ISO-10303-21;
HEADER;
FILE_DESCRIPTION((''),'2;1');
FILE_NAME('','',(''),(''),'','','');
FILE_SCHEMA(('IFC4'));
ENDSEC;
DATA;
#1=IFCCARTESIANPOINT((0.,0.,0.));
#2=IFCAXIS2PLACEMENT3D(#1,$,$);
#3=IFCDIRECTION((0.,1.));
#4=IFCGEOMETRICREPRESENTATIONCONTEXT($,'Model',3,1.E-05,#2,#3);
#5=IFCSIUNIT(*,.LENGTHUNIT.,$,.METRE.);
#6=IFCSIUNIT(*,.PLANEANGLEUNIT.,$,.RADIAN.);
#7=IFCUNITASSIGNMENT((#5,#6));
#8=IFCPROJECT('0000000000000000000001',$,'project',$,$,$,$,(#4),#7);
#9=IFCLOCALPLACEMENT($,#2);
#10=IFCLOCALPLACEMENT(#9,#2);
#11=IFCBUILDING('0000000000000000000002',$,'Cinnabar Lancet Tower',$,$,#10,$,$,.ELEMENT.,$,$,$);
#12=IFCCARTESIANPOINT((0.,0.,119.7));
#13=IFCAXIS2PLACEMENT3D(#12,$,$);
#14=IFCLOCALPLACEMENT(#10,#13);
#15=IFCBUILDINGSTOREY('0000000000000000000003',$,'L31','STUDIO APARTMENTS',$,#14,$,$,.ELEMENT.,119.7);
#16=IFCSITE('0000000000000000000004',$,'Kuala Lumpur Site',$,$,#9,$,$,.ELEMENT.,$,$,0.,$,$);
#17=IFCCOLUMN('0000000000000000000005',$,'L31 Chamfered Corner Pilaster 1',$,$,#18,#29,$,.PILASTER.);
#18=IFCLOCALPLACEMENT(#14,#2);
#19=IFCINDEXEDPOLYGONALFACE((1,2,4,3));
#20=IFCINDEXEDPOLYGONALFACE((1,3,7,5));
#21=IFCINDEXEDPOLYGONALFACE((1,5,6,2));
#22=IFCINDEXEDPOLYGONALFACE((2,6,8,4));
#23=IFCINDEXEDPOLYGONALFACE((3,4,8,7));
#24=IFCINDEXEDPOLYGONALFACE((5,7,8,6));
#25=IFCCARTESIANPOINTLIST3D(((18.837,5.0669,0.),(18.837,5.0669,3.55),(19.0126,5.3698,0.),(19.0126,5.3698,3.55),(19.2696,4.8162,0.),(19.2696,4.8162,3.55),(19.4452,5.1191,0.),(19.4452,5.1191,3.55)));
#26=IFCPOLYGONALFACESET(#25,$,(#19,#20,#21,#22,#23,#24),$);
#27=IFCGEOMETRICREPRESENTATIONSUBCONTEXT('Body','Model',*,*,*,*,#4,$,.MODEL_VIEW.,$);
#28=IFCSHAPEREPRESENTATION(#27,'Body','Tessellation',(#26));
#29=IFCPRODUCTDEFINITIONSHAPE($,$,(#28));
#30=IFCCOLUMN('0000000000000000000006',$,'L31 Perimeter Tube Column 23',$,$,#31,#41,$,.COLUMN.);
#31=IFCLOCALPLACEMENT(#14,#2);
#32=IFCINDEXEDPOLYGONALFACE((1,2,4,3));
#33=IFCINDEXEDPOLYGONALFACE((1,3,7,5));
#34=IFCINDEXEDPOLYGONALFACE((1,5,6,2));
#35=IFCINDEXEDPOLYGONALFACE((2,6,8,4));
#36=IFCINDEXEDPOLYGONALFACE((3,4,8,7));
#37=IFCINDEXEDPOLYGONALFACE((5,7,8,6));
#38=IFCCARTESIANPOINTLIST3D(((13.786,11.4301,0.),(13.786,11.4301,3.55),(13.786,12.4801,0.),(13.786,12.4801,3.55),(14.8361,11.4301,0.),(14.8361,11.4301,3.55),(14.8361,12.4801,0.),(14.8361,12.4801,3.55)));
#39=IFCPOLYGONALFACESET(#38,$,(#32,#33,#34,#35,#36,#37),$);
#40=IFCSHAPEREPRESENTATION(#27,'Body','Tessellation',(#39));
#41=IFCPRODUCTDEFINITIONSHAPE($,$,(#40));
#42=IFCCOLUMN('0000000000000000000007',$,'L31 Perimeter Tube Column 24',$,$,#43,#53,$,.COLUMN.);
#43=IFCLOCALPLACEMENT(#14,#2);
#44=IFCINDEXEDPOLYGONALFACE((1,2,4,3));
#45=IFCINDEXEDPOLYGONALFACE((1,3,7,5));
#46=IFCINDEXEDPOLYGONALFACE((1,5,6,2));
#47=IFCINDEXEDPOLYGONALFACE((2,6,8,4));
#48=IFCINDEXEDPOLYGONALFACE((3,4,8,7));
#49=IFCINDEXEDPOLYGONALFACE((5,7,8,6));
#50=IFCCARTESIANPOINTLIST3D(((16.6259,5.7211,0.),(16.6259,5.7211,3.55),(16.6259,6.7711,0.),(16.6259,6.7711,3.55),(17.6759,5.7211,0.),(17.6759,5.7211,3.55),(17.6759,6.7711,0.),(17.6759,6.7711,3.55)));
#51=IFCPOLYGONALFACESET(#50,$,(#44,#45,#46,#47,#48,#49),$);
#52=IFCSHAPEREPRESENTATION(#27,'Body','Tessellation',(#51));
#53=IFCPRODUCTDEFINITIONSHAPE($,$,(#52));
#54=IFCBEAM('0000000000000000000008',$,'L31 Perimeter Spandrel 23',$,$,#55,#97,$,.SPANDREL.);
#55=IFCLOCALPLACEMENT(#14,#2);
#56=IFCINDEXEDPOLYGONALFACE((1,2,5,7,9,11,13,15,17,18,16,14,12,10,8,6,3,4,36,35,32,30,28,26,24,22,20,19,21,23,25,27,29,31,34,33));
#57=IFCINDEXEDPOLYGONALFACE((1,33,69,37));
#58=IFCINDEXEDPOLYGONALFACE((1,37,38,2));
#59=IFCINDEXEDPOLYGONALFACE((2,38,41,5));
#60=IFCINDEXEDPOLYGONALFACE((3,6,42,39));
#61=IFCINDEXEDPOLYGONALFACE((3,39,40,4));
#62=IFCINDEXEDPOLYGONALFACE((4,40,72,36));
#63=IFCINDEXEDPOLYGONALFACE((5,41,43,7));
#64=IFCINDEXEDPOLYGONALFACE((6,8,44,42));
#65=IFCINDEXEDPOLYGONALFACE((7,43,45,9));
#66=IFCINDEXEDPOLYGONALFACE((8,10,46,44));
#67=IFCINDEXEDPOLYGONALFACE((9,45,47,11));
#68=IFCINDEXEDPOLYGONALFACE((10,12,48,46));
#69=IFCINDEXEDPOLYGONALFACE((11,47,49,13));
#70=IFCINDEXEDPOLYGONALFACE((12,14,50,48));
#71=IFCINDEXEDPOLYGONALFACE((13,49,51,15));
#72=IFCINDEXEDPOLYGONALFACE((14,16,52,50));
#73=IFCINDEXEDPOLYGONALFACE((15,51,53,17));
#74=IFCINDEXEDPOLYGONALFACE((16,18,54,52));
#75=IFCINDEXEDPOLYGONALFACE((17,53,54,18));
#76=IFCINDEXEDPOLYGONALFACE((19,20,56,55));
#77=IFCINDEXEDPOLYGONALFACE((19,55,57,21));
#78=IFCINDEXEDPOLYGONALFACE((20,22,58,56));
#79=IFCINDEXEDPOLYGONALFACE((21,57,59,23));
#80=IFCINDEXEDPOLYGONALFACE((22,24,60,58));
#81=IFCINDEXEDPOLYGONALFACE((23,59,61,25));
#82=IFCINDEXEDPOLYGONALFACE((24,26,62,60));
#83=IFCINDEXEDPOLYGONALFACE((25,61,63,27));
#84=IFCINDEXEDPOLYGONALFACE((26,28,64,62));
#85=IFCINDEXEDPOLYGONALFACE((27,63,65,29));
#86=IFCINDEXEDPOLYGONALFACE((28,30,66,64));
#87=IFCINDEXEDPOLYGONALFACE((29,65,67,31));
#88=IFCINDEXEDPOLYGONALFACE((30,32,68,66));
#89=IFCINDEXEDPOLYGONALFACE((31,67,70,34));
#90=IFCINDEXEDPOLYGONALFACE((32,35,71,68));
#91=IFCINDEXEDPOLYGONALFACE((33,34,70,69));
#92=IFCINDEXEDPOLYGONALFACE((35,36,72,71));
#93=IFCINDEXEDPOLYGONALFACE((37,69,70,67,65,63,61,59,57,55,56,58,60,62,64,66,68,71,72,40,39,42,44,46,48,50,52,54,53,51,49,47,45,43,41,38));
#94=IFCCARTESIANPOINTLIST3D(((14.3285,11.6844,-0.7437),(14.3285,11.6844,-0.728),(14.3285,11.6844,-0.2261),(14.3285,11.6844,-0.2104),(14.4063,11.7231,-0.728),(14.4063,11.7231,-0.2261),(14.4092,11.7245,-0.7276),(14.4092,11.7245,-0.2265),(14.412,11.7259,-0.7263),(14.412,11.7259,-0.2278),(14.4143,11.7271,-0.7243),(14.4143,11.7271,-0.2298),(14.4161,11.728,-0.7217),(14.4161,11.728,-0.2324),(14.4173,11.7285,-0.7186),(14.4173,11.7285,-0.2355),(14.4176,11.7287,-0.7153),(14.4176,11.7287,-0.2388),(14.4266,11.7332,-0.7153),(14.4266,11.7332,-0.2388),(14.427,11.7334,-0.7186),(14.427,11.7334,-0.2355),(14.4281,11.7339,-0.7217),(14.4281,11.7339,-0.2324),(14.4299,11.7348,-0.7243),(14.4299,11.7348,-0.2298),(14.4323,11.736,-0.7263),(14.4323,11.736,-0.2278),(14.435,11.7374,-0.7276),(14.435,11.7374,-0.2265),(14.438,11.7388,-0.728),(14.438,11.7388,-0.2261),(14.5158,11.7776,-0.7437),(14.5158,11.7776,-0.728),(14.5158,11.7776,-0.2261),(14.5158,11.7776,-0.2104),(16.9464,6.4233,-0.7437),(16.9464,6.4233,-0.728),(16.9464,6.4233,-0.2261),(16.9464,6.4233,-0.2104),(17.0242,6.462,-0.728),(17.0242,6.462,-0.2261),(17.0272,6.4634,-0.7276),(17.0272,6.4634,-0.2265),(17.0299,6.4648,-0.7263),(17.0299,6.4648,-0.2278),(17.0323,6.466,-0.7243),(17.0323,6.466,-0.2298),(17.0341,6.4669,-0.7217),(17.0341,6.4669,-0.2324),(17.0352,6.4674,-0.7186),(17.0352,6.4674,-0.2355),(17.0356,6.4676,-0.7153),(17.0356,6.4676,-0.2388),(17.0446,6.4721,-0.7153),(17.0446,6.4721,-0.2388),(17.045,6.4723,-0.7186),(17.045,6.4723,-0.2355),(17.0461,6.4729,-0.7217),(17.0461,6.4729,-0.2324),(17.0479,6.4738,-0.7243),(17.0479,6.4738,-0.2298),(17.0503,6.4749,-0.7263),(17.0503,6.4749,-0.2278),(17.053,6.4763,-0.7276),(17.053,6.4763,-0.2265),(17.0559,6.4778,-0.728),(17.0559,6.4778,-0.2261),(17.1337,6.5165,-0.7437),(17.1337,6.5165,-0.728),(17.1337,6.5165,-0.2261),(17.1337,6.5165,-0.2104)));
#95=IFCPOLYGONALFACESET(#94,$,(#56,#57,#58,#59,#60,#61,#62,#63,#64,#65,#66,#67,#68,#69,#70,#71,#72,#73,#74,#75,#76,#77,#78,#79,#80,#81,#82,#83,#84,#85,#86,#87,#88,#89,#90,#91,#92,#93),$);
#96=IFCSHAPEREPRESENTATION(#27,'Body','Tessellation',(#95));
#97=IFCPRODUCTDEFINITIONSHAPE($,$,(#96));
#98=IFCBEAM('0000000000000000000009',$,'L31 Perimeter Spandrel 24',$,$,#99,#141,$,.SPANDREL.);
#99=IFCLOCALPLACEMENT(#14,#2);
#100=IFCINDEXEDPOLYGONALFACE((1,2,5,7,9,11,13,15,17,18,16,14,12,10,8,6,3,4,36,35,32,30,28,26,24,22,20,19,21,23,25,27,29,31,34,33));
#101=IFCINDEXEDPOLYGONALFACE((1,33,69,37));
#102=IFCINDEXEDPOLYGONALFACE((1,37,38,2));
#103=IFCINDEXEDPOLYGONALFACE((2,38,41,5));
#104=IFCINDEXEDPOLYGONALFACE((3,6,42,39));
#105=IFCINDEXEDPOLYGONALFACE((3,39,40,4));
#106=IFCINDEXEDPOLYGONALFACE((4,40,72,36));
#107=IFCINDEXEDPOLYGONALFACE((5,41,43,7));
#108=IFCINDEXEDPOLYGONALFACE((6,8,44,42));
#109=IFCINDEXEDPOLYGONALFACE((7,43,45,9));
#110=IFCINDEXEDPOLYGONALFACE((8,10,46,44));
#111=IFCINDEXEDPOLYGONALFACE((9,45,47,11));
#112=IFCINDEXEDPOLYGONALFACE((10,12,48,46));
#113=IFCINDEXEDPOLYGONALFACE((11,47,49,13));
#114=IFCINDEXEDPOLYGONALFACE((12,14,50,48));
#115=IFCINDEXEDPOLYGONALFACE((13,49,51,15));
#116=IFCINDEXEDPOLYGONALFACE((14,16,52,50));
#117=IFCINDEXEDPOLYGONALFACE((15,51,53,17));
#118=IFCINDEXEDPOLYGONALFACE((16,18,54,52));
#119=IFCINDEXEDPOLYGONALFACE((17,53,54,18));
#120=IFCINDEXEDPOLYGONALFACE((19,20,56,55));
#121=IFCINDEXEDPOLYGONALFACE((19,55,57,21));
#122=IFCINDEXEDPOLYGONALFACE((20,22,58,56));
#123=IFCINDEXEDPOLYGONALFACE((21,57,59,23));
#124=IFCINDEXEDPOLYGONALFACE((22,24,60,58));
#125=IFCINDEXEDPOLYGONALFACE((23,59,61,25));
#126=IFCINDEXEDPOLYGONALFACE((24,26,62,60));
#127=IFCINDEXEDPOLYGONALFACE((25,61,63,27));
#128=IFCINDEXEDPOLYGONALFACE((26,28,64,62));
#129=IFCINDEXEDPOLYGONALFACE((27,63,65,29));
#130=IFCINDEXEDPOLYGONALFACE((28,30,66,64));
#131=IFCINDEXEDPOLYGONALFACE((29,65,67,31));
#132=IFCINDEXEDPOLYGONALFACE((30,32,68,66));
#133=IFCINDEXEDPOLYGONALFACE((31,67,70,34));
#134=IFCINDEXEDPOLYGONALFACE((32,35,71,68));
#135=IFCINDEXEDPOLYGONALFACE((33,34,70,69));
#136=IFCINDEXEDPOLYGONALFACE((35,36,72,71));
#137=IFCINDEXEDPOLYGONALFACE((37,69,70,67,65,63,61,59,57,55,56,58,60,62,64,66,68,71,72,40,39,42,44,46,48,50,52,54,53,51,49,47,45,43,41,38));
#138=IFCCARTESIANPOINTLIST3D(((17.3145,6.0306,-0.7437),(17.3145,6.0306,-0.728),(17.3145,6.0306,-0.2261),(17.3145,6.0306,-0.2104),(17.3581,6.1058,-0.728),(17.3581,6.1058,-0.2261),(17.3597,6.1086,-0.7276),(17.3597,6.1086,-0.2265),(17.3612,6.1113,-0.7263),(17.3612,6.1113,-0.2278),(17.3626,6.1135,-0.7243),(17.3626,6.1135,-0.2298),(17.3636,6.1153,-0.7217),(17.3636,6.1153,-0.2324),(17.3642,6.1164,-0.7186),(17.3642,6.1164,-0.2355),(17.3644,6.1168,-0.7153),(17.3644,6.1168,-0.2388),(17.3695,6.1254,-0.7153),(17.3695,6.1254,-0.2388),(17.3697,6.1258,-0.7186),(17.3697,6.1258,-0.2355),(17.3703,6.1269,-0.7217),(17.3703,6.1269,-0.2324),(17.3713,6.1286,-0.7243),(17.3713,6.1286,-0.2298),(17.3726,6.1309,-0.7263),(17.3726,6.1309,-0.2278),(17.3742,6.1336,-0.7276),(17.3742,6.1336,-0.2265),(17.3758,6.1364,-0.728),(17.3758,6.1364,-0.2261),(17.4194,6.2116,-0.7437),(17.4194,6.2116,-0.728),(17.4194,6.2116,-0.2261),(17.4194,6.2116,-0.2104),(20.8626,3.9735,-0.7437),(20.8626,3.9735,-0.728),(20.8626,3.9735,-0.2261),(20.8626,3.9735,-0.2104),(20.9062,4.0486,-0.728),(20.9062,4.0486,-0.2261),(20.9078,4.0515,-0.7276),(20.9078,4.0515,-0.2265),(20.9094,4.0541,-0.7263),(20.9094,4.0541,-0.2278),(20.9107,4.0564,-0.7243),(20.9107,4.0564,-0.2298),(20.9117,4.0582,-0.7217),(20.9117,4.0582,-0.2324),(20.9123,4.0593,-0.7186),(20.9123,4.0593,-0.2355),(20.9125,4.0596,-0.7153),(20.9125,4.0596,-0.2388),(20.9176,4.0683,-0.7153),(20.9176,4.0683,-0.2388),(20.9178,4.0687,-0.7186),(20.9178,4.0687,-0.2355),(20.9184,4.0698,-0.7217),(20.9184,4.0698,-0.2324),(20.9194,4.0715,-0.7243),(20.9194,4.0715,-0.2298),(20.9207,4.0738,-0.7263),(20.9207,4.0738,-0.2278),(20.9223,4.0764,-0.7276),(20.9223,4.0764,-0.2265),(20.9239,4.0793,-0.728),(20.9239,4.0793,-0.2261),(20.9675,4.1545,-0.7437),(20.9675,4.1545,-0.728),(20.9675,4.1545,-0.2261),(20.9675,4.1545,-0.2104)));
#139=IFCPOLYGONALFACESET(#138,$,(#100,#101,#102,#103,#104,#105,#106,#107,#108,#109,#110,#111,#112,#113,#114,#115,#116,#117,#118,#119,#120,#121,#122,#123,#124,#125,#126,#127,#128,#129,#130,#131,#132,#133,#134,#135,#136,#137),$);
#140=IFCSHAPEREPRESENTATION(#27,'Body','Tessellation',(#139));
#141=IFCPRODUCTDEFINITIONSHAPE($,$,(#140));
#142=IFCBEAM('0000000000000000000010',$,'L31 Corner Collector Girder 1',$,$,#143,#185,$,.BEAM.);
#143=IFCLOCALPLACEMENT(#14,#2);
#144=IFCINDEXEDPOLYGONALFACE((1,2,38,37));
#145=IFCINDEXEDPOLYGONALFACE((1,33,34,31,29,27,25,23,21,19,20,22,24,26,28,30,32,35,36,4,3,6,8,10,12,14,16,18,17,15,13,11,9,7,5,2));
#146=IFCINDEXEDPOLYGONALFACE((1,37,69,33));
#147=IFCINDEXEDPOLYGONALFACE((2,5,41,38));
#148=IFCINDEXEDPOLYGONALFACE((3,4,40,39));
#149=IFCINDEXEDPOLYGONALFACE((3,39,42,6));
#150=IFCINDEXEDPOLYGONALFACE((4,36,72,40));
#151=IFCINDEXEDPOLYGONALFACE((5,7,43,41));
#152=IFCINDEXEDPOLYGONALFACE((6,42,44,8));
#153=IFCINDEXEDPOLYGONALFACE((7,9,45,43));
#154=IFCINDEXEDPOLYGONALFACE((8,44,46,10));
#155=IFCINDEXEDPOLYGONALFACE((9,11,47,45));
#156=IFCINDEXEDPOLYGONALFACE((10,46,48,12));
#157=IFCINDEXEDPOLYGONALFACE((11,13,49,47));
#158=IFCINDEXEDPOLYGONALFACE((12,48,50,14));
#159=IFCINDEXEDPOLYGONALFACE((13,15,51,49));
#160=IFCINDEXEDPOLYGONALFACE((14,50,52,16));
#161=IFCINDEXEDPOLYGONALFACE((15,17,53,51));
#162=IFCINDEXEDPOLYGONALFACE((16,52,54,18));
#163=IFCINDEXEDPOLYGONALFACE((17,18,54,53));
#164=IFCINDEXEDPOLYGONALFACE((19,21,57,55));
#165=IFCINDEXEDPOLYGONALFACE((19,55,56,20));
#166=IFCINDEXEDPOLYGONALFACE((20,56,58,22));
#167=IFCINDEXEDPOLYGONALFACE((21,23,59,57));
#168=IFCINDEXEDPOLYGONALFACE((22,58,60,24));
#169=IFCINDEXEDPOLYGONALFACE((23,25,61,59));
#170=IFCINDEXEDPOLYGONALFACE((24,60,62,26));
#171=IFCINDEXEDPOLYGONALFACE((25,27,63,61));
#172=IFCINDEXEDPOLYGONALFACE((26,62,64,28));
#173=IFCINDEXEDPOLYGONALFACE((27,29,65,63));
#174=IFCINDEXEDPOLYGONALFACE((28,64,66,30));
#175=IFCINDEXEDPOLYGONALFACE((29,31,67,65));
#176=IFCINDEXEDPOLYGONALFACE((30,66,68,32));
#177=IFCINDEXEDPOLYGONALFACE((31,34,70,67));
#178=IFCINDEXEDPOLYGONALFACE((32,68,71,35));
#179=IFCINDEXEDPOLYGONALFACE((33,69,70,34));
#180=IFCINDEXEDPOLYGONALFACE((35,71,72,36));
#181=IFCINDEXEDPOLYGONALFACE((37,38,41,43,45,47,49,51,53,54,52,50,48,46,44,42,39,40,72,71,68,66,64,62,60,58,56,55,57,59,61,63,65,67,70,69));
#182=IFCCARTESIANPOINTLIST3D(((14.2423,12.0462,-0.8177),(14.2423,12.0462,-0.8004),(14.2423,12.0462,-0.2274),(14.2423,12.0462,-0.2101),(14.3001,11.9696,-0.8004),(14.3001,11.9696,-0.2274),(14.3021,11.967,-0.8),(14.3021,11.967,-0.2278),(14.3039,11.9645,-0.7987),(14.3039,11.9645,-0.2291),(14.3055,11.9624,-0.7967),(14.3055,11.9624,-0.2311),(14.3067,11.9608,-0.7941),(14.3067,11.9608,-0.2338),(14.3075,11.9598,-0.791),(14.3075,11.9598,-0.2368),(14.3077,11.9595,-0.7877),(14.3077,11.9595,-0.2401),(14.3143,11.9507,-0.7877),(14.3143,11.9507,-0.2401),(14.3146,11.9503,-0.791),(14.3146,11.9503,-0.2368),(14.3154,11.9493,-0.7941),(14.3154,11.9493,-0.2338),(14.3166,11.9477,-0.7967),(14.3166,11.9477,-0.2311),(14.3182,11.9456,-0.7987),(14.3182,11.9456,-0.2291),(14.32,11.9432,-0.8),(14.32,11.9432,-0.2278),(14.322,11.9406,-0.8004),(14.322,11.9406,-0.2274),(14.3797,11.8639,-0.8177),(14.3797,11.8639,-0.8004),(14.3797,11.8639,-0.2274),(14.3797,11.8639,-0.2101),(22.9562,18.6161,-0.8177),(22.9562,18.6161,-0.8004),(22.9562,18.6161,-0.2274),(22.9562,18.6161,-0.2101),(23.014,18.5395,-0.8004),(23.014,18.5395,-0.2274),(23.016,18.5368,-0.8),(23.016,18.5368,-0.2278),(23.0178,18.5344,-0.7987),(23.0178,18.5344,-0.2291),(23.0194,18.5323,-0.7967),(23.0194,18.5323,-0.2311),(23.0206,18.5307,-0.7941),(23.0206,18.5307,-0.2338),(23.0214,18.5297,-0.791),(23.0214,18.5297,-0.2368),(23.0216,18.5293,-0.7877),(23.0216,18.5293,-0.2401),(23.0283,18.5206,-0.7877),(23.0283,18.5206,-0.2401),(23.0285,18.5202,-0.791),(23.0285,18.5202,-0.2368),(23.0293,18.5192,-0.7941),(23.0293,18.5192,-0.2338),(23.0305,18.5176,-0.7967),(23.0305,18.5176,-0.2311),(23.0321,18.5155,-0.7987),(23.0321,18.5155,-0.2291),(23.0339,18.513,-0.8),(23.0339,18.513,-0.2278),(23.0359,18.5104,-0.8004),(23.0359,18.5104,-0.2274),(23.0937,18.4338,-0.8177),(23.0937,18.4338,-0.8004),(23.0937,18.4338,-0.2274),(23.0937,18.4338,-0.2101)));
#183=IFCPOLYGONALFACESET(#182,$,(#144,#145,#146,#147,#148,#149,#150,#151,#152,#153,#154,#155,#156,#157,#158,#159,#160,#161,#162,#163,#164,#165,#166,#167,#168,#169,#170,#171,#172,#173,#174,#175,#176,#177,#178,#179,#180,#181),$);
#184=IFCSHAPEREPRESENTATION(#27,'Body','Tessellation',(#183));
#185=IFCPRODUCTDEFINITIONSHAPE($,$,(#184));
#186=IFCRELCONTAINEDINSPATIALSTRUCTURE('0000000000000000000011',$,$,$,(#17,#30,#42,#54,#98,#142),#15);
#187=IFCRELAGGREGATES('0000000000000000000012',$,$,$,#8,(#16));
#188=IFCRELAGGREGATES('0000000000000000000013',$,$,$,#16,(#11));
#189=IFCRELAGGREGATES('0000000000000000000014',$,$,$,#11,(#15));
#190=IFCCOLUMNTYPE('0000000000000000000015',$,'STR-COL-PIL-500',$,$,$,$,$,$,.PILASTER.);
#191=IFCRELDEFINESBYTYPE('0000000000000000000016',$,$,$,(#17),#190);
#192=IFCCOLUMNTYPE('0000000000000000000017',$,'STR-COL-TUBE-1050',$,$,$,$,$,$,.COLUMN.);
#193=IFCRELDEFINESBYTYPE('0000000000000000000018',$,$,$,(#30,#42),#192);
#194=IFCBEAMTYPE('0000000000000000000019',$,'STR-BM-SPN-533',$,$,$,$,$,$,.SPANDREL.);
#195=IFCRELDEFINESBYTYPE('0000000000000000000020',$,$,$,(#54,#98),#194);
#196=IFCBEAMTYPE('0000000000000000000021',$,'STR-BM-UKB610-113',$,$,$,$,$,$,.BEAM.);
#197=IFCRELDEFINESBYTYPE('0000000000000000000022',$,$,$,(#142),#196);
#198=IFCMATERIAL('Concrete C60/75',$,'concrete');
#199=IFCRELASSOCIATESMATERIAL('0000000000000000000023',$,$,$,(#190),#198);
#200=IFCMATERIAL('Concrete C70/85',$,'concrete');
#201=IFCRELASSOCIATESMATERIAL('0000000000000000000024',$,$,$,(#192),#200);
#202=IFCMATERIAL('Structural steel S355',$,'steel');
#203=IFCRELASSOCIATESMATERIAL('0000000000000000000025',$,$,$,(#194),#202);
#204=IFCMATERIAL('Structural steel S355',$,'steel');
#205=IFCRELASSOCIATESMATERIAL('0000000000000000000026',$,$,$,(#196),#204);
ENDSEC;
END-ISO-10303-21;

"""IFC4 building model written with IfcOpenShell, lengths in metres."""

from ifc_helpers import new_model, si_unit, direction, frame, origin, origin_2d, place, context, subcontext, project, spatial, rectangle, i_section, extrude, material, material_profile, profile_set, type_object, element, save


model = new_model("IFC4")

# Units and contexts
model_context = context("Model", 3, precision=1e-05, world=origin(), true_north=direction((0.0, 1.0)))
body_context = subcontext(model_context, "Body", "Model", "MODEL_VIEW")
ifc_project = project(units=[si_unit("LENGTHUNIT", "METRE"), si_unit("PLANEANGLEUNIT", "RADIAN")], contexts=[model_context])

# Site, building, storey
site_placement = place(None, origin())
site = spatial("IfcSite", under=ifc_project, at=site_placement, Name="Kuala Lumpur Site", CompositionType="ELEMENT", RefElevation=0.0)
building_placement = place(site_placement, origin())
building = spatial("IfcBuilding", under=site, at=building_placement, Name="Cinnabar Lancet Tower", CompositionType="ELEMENT")
storey_placement = place(building_placement, frame((0.0, 0.0, 119.7)))
storey = spatial("IfcBuildingStorey", under=building, at=storey_placement, Name="L31", Description="STUDIO APARTMENTS", CompositionType="ELEMENT", Elevation=119.7)

# Columns
ifc_material_1 = material(Name="Concrete C60/75", Category="concrete")
ifc_material_profile_1 = material_profile(ifc_material_1, rectangle(XDim=0.5, YDim=0.3501, at=origin_2d()), Name="RC-PIL 500x350")
ifc_profile_set_1 = profile_set([ifc_material_profile_1], Name="Concrete C60/75")
column_type_1 = type_object("IfcColumnType", Name="STR-COL-PIL-500", PredefinedType="PILASTER", material=ifc_profile_set_1)
column_placement = place(storey_placement, frame((19.1411, 5.093, 0.0), z_axis=(0.0, 0.0, 1.0), x_axis=(0.86516, -0.501496, 0.0)))
element("IfcColumn", 1, at=column_placement, inside=storey, type_object=column_type_1, Name="L31 Chamfered Corner Pilaster 1", PredefinedType="PILASTER", context=body_context, shape_type="SweptSolid", body=[
    extrude(rectangle(XDim=0.5, YDim=0.3501, at=origin_2d()), origin(), (0.0, 0.0, 1.0), 3.55),
])
ifc_material_2 = material(Name="Concrete C70/85", Category="concrete")
ifc_material_profile_2 = material_profile(ifc_material_2, rectangle(XDim=1.05, YDim=1.05, at=origin_2d()), Name="RC-COL 1050x1050")
ifc_profile_set_2 = profile_set([ifc_material_profile_2], Name="Concrete C70/85")
column_type_2 = type_object("IfcColumnType", Name="STR-COL-TUBE-1050", PredefinedType="COLUMN", material=ifc_profile_set_2)
for number, where, z_axis, x_axis, name in (
    (2, (14.311, 11.9551, 0.0), (0.0, 0.0, 1.0), (1.0, 0.0, 0.0), "L31 Perimeter Tube Column 23"),
    (3, (17.1509, 6.2461, 0.0), (0.0, 0.0, 1.0), (1.0, 0.0, 0.0), "L31 Perimeter Tube Column 24"),
):
    element("IfcColumn", number, at=place(storey_placement, frame(where, z_axis=z_axis, x_axis=x_axis)), inside=storey, type_object=column_type_2, Name=name, PredefinedType="COLUMN", context=body_context, shape_type="SweptSolid", body=[
        extrude(rectangle(XDim=1.05, YDim=1.05, at=origin_2d()), origin(), (0.0, 0.0, 1.0), 3.55),
    ])

# Beams
ifc_material_3 = material(Name="Structural steel S355", Category="steel")
ifc_material_profile_3 = material_profile(ifc_material_3, i_section(OverallWidth=0.2092, OverallDepth=0.5332, WebThickness=0.01, FlangeThickness=0.0156, FilletRadius=0.0127, at=origin_2d()), Name="UKB 533x210x92")
ifc_profile_set_3 = profile_set([ifc_material_profile_3], Name="Structural steel S355")
beam_type_1 = type_object("IfcBeamType", Name="STR-BM-SPN-533", PredefinedType="SPANDREL", material=ifc_profile_set_3)
beam_1_placement = place(storey_placement, frame((14.4221, 11.731, -0.4771), z_axis=(0.445501, -0.895281, 0.0), x_axis=(0.895281, 0.445501, 0.0)))
element("IfcBeam", 4, at=beam_1_placement, inside=storey, type_object=beam_type_1, Name="L31 Perimeter Spandrel 23", PredefinedType="SPANDREL", context=body_context, shape_type="SweptSolid", body=[
    extrude(i_section(OverallWidth=0.2092, OverallDepth=0.5332, WebThickness=0.01, FlangeThickness=0.0156, FilletRadius=0.0127, at=origin_2d()), origin(), (0.0, 0.0, 1.0), 5.8765),
])
beam_2_placement = place(storey_placement, frame((17.3669, 6.1211, -0.4771), z_axis=(0.865112, -0.501578, 0.0), x_axis=(0.501578, 0.865112, 0.0)))
element("IfcBeam", 5, at=beam_2_placement, inside=storey, type_object=beam_type_1, Name="L31 Perimeter Spandrel 24", PredefinedType="SPANDREL", context=body_context, shape_type="SweptSolid", body=[
    extrude(i_section(OverallWidth=0.2092, OverallDepth=0.5332, WebThickness=0.01, FlangeThickness=0.0156, FilletRadius=0.0127, at=origin_2d()), origin(), (0.0, 0.0, 1.0), 4.1013),
])
ifc_material_4 = material(Name="Structural steel S355", Category="steel")
ifc_material_profile_4 = material_profile(ifc_material_4, i_section(OverallWidth=0.2283, OverallDepth=0.6077, WebThickness=0.011, FlangeThickness=0.0173, FilletRadius=0.0127, at=origin_2d()), Name="UKB 610x229x113")
ifc_profile_set_4 = profile_set([ifc_material_profile_4], Name="Structural steel S355")
beam_type_2 = type_object("IfcBeamType", Name="STR-BM-UKB610-113", PredefinedType="BEAM", material=ifc_profile_set_4)
beam_3_placement = place(storey_placement, frame((14.311, 11.9551, -0.5139), z_axis=(0.798483, 0.602017, 0.0), x_axis=(-0.602017, 0.798483, 0.0)))
element("IfcBeam", 6, at=beam_3_placement, inside=storey, type_object=beam_type_2, Name="L31 Corner Collector Girder 1", PredefinedType="BEAM", context=body_context, shape_type="SweptSolid", body=[
    extrude(i_section(OverallWidth=0.2283, OverallDepth=0.6077, WebThickness=0.011, FlangeThickness=0.0173, FilletRadius=0.0127, at=origin_2d()), origin(), (0.0, 0.0, 1.0), 10.9131),
])

save(model, "model.ifc")
